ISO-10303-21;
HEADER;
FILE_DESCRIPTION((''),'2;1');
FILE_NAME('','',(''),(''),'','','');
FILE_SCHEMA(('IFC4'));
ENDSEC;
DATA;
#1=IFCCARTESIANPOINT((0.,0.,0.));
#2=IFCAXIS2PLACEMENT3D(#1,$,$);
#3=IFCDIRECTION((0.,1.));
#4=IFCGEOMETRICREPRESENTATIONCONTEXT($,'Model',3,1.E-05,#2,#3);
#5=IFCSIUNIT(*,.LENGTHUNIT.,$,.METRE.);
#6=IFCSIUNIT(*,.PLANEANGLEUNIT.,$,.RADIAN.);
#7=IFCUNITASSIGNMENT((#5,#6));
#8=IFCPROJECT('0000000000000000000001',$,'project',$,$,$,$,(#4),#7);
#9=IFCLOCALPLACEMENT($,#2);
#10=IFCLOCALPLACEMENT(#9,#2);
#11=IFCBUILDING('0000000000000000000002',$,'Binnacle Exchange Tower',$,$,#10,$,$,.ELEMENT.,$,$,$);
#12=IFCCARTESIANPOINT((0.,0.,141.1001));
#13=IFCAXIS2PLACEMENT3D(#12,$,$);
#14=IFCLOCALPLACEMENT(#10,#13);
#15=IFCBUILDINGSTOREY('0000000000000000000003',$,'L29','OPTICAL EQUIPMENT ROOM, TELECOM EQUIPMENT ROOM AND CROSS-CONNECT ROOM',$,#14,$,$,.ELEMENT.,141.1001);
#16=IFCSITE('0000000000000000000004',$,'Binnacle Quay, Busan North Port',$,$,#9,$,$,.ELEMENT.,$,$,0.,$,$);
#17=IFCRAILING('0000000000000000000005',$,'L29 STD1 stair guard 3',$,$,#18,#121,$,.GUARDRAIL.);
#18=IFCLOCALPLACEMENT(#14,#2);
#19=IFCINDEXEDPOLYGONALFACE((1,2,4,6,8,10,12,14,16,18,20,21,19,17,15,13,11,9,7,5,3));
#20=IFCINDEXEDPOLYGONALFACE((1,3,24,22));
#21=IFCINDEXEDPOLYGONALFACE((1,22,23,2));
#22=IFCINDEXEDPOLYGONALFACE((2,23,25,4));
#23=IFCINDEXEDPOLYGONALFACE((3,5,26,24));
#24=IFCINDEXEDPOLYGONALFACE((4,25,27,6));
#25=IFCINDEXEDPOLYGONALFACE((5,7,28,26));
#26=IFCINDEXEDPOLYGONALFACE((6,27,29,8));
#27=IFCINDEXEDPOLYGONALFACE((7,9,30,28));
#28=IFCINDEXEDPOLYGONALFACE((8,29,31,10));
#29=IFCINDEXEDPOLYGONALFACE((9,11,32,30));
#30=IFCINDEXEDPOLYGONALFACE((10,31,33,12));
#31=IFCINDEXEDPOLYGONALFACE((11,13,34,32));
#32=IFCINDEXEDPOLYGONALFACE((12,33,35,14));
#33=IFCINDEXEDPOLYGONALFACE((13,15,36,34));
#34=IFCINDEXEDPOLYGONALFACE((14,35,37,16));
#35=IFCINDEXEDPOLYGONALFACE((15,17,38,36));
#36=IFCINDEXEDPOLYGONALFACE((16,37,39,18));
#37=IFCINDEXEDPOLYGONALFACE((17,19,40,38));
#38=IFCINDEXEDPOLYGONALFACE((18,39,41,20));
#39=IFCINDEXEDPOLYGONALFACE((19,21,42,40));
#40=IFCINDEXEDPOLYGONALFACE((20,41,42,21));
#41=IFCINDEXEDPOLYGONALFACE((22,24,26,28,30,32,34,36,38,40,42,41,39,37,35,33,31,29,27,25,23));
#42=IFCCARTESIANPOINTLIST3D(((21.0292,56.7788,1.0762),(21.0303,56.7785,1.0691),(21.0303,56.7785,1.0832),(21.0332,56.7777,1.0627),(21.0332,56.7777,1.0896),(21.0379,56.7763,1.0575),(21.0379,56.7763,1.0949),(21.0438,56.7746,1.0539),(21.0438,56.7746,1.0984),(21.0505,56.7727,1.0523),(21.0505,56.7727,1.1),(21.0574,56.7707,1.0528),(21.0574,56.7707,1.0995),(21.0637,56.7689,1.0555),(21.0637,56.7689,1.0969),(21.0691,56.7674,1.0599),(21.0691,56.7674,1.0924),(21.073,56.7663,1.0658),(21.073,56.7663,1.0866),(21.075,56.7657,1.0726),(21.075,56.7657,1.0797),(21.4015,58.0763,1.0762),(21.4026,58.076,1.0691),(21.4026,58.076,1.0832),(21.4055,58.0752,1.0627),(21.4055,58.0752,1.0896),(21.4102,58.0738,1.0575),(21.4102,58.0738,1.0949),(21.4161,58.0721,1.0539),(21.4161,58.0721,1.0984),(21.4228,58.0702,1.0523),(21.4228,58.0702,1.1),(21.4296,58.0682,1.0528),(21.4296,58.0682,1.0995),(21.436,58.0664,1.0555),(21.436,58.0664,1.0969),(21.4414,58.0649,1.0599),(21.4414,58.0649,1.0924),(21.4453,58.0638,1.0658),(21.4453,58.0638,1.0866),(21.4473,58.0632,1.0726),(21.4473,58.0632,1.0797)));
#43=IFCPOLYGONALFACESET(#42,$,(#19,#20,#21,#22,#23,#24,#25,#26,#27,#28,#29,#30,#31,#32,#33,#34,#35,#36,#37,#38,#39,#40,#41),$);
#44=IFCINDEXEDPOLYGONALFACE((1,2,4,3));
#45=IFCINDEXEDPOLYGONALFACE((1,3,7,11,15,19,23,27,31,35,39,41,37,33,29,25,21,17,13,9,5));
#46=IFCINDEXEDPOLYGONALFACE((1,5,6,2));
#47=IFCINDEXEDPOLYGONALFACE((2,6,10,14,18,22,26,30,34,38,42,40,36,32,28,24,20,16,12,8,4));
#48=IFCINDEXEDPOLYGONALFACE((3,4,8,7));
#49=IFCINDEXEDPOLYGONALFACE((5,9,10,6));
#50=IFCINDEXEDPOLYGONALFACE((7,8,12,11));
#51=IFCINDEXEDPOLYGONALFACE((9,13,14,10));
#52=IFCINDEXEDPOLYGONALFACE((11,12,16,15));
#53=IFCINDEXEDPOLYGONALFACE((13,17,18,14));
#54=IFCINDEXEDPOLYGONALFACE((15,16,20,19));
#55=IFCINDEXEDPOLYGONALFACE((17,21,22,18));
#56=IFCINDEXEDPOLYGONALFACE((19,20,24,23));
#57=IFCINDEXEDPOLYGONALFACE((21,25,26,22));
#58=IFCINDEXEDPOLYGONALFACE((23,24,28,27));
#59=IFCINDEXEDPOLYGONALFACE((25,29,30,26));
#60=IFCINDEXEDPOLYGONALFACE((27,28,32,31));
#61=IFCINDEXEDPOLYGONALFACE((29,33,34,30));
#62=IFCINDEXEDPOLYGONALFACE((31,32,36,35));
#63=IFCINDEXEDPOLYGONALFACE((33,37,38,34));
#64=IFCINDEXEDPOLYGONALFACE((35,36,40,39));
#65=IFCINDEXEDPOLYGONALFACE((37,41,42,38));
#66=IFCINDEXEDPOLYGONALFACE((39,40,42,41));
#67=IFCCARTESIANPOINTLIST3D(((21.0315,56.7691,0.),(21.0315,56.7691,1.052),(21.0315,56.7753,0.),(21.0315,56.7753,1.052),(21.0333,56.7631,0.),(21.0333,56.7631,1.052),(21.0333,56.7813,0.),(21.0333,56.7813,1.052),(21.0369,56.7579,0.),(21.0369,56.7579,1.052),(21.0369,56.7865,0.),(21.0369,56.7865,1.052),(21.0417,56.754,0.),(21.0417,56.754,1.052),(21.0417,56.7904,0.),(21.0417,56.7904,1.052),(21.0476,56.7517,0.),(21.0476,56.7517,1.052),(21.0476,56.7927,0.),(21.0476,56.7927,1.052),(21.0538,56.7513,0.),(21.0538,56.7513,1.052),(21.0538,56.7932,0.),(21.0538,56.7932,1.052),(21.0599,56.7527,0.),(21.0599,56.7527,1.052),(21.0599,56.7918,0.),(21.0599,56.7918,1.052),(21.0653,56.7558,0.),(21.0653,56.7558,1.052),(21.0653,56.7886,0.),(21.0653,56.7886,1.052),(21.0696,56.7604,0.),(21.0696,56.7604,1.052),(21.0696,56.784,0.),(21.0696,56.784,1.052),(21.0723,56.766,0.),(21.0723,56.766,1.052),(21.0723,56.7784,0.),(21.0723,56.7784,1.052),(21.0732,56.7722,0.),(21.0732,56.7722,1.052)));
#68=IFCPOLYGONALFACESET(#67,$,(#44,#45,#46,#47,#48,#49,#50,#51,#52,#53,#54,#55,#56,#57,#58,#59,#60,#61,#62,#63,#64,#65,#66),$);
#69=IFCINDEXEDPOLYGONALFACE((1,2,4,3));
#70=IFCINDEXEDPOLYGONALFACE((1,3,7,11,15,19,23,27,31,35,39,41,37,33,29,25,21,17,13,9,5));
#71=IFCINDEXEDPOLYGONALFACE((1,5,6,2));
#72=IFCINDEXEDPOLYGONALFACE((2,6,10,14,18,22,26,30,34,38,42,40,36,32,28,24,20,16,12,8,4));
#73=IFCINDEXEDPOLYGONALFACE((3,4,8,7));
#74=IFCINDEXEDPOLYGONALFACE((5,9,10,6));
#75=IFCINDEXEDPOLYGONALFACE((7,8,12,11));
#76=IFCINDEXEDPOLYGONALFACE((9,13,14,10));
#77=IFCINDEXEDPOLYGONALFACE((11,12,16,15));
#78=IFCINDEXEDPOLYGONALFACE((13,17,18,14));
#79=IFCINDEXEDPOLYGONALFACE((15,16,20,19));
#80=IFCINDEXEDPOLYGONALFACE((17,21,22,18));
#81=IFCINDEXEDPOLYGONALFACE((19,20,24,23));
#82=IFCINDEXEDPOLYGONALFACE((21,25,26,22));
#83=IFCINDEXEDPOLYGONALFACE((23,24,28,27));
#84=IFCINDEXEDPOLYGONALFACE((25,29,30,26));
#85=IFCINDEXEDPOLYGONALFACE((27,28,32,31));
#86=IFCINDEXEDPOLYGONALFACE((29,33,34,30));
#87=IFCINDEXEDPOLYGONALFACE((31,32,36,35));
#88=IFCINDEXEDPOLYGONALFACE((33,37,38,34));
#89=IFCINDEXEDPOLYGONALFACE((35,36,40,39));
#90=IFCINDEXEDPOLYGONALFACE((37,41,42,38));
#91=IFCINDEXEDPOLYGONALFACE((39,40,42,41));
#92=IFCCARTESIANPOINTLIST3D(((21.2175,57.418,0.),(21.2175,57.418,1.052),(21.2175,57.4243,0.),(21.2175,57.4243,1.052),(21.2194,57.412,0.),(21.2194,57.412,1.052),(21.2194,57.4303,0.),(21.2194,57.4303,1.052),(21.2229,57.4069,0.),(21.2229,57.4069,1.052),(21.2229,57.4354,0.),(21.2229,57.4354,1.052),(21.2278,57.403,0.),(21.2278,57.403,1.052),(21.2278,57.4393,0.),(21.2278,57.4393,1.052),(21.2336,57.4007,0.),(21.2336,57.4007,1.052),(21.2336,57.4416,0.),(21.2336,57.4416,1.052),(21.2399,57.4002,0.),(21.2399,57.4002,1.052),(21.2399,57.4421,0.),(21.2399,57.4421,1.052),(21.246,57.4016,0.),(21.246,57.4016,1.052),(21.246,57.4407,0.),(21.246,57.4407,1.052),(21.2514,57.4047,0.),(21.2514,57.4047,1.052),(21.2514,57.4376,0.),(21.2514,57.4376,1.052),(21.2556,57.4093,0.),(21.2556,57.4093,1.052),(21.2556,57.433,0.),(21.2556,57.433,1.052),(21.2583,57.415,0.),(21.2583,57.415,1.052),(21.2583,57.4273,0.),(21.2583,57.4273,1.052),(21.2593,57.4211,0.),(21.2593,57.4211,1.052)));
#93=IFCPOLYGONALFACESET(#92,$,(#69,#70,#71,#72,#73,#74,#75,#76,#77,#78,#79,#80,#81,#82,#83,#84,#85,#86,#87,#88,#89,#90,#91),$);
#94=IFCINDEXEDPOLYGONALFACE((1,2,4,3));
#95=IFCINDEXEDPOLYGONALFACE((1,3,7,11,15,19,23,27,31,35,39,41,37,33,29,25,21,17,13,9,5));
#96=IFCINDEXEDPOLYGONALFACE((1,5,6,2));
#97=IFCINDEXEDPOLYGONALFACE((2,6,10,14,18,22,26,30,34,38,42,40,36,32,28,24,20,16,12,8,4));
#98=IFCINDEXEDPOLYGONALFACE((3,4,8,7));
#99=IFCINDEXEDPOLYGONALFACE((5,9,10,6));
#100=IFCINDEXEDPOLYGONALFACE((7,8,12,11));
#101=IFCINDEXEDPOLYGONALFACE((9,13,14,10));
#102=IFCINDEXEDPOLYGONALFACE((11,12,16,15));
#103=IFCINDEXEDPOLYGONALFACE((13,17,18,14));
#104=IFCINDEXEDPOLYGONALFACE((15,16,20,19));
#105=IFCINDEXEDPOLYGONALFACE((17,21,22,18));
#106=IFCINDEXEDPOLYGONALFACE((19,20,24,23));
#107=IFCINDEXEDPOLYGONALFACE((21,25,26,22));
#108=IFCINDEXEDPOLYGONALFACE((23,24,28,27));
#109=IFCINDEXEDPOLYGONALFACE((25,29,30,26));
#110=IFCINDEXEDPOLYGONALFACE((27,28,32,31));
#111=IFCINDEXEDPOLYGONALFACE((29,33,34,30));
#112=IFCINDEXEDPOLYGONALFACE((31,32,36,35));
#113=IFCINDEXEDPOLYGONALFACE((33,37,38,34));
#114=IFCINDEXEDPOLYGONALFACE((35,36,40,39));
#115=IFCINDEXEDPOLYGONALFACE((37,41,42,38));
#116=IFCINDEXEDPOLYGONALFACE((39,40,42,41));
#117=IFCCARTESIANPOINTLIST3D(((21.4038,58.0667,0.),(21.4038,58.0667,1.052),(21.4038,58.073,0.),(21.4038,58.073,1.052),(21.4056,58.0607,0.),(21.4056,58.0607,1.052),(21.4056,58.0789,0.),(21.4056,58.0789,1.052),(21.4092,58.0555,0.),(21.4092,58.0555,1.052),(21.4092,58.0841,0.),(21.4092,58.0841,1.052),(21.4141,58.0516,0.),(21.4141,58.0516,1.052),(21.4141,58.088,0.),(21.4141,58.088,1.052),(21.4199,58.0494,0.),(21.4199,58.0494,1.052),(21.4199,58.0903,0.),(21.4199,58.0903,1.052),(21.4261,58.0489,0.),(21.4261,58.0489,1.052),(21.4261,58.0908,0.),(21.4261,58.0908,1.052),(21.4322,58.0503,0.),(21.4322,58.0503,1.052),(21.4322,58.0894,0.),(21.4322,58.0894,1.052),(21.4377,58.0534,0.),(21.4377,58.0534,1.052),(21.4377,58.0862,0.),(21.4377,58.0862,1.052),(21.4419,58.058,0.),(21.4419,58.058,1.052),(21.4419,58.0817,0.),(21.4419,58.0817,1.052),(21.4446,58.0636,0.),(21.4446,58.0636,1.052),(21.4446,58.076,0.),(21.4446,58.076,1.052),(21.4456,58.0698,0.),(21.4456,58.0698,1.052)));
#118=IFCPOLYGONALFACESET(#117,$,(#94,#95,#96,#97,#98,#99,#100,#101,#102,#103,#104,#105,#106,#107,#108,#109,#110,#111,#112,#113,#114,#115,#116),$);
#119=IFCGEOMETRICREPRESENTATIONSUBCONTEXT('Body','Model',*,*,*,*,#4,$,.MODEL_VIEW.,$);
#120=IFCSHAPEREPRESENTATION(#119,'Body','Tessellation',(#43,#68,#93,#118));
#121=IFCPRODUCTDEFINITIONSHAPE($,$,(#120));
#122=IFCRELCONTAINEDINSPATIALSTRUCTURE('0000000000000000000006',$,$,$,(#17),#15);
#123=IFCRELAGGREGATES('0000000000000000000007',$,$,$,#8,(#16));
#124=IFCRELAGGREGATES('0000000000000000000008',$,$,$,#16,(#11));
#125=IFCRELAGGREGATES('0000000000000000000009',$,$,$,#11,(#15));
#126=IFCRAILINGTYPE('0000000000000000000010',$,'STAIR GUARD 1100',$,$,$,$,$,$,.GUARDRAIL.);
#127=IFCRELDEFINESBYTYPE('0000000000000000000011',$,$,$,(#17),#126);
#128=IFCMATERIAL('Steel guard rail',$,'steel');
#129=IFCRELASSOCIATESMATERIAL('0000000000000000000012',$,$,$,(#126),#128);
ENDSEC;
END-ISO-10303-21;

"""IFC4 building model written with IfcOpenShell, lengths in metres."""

from ifc_helpers import new_model, si_unit, direction, frame, origin, origin_2d, place, context, subcontext, project, spatial, circle, extrude, material, type_object, element, save


model = new_model("IFC4")

# Units and contexts
model_context = context("Model", 3, precision=1e-05, world=origin(), true_north=direction((0.0, 1.0)))
body_context = subcontext(model_context, "Body", "Model", "MODEL_VIEW")
ifc_project = project(units=[si_unit("LENGTHUNIT", "METRE"), si_unit("PLANEANGLEUNIT", "RADIAN")], contexts=[model_context])

# Site, building, storey
site_placement = place(None, origin())
site = spatial("IfcSite", under=ifc_project, at=site_placement, Name="Binnacle Quay, Busan North Port", CompositionType="ELEMENT", RefElevation=0.0)
building_placement = place(site_placement, origin())
building = spatial("IfcBuilding", under=site, at=building_placement, Name="Binnacle Exchange Tower", CompositionType="ELEMENT")
storey_placement = place(building_placement, frame((0.0, 0.0, 141.1001)))
storey = spatial("IfcBuildingStorey", under=building, at=storey_placement, Name="L29", Description="OPTICAL EQUIPMENT ROOM, TELECOM EQUIPMENT ROOM AND CROSS-CONNECT ROOM", CompositionType="ELEMENT", Elevation=141.1001)

# Railing
ifc_material_1 = material(Name="Steel guard rail", Category="steel")
railing_type_1 = type_object("IfcRailingType", Name="STAIR GUARD 1100", PredefinedType="GUARDRAIL", material=ifc_material_1)
railing_1_placement = place(storey_placement, frame((21.0522, 56.7722, 0.0)))
element("IfcRailing", 1, at=railing_1_placement, inside=storey, type_object=railing_type_1, Name="L29 STD1 stair guard 3", PredefinedType="GUARDRAIL", context=body_context, shape_type="SweptSolid", body=[
    extrude(circle(Radius=0.0239, at=origin_2d()), frame((0.0, 0.0, 1.0762), z_axis=(0.275796, 0.961216, 0.0), x_axis=(-0.961216, 0.275796, 0.0)), (0.0, 0.0, 1.0), 1.3499),
    extrude(circle(Radius=0.021, at=origin_2d()), origin(), (0.0, 0.0, 1.0), 1.052),
    extrude(circle(Radius=0.021, at=origin_2d()), frame((0.186, 0.6489, 0.0)), (0.0, 0.0, 1.0), 1.052),
    extrude(circle(Radius=0.021, at=origin_2d()), frame((0.3723, 1.2976, 0.0)), (0.0, 0.0, 1.0), 1.052),
])

save(model, "model.ifc")
